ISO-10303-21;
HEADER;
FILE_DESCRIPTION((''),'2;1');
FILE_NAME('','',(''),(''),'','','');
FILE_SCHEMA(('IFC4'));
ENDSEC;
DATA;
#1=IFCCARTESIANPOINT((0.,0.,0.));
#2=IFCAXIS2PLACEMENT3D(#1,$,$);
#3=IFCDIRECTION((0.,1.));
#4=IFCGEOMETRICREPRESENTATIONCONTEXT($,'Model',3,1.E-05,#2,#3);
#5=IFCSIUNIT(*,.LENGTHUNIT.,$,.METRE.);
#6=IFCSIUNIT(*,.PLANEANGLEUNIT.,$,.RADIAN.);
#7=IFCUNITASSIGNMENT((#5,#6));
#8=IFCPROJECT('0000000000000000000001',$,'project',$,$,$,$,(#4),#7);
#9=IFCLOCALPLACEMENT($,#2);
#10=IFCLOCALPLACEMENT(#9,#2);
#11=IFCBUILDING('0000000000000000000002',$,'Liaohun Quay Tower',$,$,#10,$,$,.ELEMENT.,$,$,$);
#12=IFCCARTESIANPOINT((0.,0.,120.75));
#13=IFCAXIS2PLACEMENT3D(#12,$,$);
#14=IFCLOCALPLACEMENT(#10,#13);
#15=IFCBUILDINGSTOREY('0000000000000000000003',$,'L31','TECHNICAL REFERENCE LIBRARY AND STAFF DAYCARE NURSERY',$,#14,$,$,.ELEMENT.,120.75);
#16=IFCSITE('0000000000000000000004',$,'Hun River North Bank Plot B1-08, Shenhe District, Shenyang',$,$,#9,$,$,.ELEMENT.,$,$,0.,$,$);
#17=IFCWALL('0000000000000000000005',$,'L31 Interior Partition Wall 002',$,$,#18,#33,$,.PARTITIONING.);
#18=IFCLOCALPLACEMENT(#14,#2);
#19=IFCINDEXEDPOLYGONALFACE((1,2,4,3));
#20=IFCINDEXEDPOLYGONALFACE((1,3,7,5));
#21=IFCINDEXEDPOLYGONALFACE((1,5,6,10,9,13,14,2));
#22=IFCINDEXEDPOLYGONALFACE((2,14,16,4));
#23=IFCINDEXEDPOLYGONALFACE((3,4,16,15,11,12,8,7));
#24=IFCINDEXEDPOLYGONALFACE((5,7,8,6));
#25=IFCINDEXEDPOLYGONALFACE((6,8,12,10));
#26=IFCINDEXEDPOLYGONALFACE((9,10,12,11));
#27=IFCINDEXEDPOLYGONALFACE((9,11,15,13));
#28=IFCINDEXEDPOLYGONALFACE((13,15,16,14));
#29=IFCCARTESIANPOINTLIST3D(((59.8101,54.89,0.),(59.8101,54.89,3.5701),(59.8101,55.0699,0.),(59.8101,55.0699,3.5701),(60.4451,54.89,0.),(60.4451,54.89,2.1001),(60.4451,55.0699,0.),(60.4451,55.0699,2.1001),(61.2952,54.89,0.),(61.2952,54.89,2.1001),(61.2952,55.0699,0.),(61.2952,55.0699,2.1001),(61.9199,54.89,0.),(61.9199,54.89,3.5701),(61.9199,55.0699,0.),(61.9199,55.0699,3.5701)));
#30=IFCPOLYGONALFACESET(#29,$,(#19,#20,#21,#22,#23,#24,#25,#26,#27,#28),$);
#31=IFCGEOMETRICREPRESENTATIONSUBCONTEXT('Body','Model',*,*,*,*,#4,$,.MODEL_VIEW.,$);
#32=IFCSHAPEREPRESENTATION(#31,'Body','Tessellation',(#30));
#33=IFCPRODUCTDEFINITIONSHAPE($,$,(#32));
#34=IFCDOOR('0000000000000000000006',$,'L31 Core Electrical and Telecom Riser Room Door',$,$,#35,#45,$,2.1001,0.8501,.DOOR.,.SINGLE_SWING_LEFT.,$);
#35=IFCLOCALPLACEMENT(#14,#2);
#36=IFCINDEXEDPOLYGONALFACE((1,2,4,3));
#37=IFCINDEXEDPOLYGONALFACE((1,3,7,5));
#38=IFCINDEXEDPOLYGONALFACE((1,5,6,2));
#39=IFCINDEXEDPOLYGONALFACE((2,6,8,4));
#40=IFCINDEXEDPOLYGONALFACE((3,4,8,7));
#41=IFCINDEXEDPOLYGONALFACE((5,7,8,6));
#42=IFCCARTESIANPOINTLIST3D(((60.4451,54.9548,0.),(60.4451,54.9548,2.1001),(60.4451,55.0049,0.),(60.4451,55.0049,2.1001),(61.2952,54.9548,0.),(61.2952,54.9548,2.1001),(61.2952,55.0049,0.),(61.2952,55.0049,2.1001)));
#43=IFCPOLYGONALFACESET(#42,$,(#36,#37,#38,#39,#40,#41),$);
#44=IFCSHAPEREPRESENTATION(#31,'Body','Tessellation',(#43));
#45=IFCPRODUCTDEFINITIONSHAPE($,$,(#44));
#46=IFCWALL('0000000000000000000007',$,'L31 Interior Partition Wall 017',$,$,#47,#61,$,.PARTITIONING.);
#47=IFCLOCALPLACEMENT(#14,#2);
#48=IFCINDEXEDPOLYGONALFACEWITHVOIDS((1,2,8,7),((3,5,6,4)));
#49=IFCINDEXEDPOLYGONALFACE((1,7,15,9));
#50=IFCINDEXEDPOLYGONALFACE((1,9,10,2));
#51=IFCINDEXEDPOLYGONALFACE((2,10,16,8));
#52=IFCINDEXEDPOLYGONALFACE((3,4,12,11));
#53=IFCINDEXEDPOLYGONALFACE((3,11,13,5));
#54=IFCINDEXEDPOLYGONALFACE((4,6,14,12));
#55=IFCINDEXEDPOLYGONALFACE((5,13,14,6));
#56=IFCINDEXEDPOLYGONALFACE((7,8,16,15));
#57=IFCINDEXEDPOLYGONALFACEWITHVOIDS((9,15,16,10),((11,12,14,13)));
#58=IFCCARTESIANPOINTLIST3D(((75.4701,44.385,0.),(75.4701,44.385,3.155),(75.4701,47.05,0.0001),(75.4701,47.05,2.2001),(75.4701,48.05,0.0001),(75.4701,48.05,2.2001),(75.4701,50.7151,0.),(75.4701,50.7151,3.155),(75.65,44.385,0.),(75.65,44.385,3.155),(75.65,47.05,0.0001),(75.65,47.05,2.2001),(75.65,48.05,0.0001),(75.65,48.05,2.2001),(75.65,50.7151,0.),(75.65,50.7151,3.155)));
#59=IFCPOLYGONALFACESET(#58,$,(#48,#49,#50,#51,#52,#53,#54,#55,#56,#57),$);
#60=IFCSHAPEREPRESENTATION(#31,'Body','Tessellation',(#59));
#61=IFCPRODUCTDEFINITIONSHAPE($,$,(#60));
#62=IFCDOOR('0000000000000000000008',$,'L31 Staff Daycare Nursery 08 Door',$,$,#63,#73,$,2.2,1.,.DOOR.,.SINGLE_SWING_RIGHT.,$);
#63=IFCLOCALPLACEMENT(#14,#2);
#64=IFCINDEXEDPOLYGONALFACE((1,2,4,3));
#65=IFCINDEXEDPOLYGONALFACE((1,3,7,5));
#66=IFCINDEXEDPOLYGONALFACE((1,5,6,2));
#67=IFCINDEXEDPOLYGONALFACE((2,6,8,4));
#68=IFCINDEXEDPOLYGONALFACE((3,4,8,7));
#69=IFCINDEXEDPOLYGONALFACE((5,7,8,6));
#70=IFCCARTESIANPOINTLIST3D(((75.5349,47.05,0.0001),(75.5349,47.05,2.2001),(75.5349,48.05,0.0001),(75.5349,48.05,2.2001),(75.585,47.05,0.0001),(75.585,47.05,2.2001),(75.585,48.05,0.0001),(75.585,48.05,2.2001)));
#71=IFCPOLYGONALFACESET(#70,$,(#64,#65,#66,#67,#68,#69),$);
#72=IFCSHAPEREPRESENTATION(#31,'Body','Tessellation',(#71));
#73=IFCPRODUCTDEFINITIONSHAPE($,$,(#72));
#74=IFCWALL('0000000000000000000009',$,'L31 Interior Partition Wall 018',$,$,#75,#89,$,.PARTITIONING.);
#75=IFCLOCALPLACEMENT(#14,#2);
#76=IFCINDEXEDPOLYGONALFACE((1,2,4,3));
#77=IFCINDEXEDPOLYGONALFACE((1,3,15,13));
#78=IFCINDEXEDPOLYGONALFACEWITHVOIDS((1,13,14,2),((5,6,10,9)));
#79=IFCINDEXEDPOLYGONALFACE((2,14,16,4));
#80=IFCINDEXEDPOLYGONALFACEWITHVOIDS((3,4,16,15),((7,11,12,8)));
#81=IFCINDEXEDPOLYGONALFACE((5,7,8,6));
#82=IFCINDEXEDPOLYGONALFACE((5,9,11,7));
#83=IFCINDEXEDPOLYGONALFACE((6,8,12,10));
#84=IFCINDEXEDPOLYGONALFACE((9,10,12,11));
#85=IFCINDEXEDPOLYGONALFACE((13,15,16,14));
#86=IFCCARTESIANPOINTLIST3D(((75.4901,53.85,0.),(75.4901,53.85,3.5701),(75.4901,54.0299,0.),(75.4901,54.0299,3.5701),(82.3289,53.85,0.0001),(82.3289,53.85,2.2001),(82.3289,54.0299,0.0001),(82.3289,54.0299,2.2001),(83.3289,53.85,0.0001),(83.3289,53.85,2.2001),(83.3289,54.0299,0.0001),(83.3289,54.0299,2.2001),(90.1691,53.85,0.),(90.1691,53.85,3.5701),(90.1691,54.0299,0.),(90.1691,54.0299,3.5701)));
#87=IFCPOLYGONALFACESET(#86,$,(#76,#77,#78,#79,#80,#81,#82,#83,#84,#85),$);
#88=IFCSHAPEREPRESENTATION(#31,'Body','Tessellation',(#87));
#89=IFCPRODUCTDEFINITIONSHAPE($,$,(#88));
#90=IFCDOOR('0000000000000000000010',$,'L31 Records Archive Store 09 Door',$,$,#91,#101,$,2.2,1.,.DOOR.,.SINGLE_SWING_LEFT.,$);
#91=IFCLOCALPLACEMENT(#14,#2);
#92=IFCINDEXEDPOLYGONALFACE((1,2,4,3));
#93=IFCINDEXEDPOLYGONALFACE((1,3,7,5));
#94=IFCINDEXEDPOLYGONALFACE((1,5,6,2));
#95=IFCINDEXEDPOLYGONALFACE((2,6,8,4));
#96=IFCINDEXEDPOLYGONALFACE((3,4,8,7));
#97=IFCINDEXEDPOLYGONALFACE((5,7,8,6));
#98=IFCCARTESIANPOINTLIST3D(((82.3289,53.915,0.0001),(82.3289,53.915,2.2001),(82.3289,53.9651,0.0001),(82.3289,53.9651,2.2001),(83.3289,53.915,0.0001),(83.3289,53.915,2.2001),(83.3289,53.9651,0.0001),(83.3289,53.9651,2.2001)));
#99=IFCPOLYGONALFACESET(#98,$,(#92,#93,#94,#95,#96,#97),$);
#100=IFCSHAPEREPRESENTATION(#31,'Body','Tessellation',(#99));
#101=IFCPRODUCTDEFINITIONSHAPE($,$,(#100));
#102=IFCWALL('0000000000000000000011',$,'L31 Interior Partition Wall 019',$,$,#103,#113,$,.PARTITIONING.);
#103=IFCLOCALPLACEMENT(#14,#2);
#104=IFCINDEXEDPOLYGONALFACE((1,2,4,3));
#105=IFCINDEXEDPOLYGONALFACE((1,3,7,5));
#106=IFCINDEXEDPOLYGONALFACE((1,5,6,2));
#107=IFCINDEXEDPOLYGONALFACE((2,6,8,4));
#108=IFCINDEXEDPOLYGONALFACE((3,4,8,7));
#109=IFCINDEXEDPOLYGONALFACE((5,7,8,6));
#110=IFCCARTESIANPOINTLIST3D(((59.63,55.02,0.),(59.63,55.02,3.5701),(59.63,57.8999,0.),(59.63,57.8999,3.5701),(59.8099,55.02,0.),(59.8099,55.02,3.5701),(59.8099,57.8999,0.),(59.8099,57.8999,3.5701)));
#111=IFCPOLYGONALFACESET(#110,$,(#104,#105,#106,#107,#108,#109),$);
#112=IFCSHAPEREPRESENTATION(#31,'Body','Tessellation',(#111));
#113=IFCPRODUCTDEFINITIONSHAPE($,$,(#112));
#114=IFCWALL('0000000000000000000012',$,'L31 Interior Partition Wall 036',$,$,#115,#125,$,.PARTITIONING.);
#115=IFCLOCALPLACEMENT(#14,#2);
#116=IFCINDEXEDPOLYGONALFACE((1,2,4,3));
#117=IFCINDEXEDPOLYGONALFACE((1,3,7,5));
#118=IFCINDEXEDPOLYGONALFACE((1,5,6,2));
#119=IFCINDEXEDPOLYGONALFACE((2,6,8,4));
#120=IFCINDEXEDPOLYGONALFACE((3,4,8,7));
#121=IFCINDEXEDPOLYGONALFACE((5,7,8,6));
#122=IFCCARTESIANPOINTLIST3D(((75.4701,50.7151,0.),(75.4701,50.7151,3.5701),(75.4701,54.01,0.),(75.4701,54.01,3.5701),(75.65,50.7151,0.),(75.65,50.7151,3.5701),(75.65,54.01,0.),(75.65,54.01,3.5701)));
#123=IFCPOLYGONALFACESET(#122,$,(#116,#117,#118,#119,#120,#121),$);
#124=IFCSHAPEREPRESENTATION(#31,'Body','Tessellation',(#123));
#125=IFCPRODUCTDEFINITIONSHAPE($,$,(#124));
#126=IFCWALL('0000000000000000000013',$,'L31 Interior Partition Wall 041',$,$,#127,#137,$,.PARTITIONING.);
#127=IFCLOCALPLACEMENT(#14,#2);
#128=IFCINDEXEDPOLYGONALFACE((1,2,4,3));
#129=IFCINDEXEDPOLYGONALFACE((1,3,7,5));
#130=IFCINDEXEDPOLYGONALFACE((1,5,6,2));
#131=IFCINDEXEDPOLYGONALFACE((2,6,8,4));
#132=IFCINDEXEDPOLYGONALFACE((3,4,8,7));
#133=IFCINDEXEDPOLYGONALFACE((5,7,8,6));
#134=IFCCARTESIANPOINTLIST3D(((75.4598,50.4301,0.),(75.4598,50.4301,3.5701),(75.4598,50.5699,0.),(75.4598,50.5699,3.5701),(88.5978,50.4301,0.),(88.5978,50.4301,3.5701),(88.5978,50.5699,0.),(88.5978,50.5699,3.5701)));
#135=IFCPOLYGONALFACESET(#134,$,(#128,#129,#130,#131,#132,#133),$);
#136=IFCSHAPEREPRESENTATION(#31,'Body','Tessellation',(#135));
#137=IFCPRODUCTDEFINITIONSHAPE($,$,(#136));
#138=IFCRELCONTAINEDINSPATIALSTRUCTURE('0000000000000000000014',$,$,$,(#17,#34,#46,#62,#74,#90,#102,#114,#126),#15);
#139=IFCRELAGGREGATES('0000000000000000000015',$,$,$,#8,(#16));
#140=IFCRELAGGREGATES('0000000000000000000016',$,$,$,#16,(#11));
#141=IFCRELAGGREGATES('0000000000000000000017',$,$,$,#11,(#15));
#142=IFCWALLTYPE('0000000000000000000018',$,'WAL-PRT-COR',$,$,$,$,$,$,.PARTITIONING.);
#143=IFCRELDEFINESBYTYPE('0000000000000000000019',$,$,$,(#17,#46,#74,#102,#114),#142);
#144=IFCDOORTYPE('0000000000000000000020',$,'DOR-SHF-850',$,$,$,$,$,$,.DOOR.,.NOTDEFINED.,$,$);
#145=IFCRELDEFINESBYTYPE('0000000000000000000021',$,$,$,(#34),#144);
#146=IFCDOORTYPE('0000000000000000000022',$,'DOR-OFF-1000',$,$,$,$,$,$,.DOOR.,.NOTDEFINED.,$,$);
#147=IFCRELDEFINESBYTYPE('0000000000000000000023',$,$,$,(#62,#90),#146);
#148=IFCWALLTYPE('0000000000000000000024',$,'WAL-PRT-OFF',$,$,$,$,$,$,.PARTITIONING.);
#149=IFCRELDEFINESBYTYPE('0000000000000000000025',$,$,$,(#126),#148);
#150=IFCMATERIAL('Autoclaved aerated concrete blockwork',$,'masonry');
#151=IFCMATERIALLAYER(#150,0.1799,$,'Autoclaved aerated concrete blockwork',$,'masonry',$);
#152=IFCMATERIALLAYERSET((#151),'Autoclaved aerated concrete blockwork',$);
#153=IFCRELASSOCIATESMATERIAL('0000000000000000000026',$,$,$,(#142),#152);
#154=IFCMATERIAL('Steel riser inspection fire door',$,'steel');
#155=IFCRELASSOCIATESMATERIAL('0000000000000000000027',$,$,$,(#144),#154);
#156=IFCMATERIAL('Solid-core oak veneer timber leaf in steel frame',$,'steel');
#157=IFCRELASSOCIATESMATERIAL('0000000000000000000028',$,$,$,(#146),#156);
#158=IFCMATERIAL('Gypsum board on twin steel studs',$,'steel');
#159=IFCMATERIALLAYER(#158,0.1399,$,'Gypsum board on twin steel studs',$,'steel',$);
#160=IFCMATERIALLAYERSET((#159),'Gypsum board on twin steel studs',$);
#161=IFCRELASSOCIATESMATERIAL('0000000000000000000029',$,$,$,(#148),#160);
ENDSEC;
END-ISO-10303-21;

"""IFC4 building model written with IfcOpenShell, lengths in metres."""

from ifc_helpers import new_model, si_unit, direction, frame, frame_2d, origin, place, context, subcontext, project, spatial, rectangle, extrude, source, transform, mapped, material, layer, layer_set, type_object, element, fill, save


model = new_model("IFC4")

# Units and contexts
model_context = context("Model", 3, precision=1e-05, world=origin(), true_north=direction((0.0, 1.0)))
body_context = subcontext(model_context, "Body", "Model", "MODEL_VIEW")
ifc_project = project(units=[si_unit("LENGTHUNIT", "METRE"), si_unit("PLANEANGLEUNIT", "RADIAN")], contexts=[model_context])

# Site, building, storey
site_placement = place(None, origin())
site = spatial("IfcSite", under=ifc_project, at=site_placement, Name="Hun River North Bank Plot B1-08, Shenhe District, Shenyang", CompositionType="ELEMENT", RefElevation=0.0)
building_placement = place(site_placement, origin())
building = spatial("IfcBuilding", under=site, at=building_placement, Name="Liaohun Quay Tower", CompositionType="ELEMENT")
storey_placement = place(building_placement, frame((0.0, 0.0, 120.75)))
storey = spatial("IfcBuildingStorey", under=building, at=storey_placement, Name="L31", Description="TECHNICAL REFERENCE LIBRARY AND STAFF DAYCARE NURSERY", CompositionType="ELEMENT", Elevation=120.75)

# Walls, openings, doors
ifc_material_1 = material(Name="Autoclaved aerated concrete blockwork", Category="masonry")
ifc_layer_1 = layer(ifc_material_1, 0.1799, Name="Autoclaved aerated concrete blockwork", Category="masonry")
ifc_layer_set_1 = layer_set([ifc_layer_1], Name="Autoclaved aerated concrete blockwork")
wall_type_1 = type_object("IfcWallType", Name="WAL-PRT-COR", PredefinedType="PARTITIONING", material=ifc_layer_set_1)
wall_1_placement = place(storey_placement, frame((59.8101, 54.98, 0.0), z_axis=(0.0, 0.0, 1.0), x_axis=(1.0, 0.0, 0.0)))
wall_1 = element("IfcWall", 1, at=wall_1_placement, inside=storey, type_object=wall_type_1, Name="L31 Interior Partition Wall 002", PredefinedType="PARTITIONING", context=body_context, shape_type="SweptSolid", body=[
    extrude(rectangle(XDim=2.1099, YDim=0.1799, at=frame_2d((1.0549, 0.0))), origin(), (0.0, 0.0, 1.0), 3.5701),
])
shared_shape_1 = source(origin(), body_context, "Body", "SweptSolid", [
    extrude(rectangle(XDim=0.8501, YDim=2.1001, at=frame_2d((0.425, 1.05))), frame((0.0, 0.0999, 0.0), z_axis=(0.0, -1.0, 0.0), x_axis=(1.0, 0.0, 0.0)), (0.0, 0.0, 1.0), 0.2),
])
opening_1_placement = place(wall_1_placement, frame((0.635, 0.0, 0.0)))
opening_1 = element("IfcOpeningElement", 2, at=opening_1_placement, cuts=wall_1, PredefinedType="OPENING", context=body_context, shape_type="MappedRepresentation", body=[
    mapped(shared_shape_1, transform((0.0, 0.0, 0.0), x_axis=(1.0, 0.0, 0.0), y_axis=(0.0, 1.0, 0.0), z_axis=(0.0, 0.0, 1.0), scale=1.0)),
])
ifc_material_2 = material(Name="Steel riser inspection fire door", Category="steel")
door_type_1 = type_object("IfcDoorType", Name="DOR-SHF-850", OperationType="NOTDEFINED", PredefinedType="DOOR", material=ifc_material_2)
shared_shape_2 = source(origin(), body_context, "Body", "SweptSolid", [
    extrude(rectangle(XDim=0.8501, YDim=2.1001, at=frame_2d((0.425, 1.05))), frame((0.0, 0.0249, 0.0), z_axis=(0.0, -1.0, 0.0), x_axis=(1.0, 0.0, 0.0)), (0.0, 0.0, 1.0), 0.05),
])
door_1_placement = place(opening_1_placement, origin())
door_1 = element("IfcDoor", 3, at=door_1_placement, inside=storey, type_object=door_type_1, Name="L31 Core Electrical and Telecom Riser Room Door", OperationType="SINGLE_SWING_LEFT", OverallHeight=2.1001, OverallWidth=0.8501, PredefinedType="DOOR", context=body_context, shape_type="MappedRepresentation", body=[
    mapped(shared_shape_2, transform((0.0, 0.0, 0.0), x_axis=(1.0, 0.0, 0.0), y_axis=(0.0, 1.0, 0.0), z_axis=(0.0, 0.0, 1.0), scale=1.0)),
])
fill(opening_1, door_1)
wall_2_placement = place(storey_placement, frame((75.5601, 50.7151, 0.0), z_axis=(0.0, 0.0, 1.0), x_axis=(0.0, -1.0, 0.0)))
wall_2 = element("IfcWall", 4, at=wall_2_placement, inside=storey, type_object=wall_type_1, Name="L31 Interior Partition Wall 017", PredefinedType="PARTITIONING", context=body_context, shape_type="SweptSolid", body=[
    extrude(rectangle(XDim=6.3301, YDim=0.1799, at=frame_2d((3.165, 0.0))), origin(), (0.0, 0.0, 1.0), 3.155),
])
shared_shape_3 = source(origin(), body_context, "Body", "SweptSolid", [
    extrude(rectangle(XDim=1.0, YDim=2.2, at=frame_2d((0.5, 1.1001))), frame((0.0, 0.0999, 0.0), z_axis=(0.0, -1.0, 0.0), x_axis=(1.0, 0.0, 0.0)), (0.0, 0.0, 1.0), 0.2),
])
opening_2_placement = place(wall_2_placement, frame((2.665, 0.0, 0.0)))
opening_2 = element("IfcOpeningElement", 5, at=opening_2_placement, cuts=wall_2, PredefinedType="OPENING", context=body_context, shape_type="MappedRepresentation", body=[
    mapped(shared_shape_3, transform((0.0, 0.0, 0.0), x_axis=(1.0, 0.0, 0.0), y_axis=(0.0, 1.0, 0.0), z_axis=(0.0, 0.0, 1.0), scale=1.0)),
])
ifc_material_3 = material(Name="Solid-core oak veneer timber leaf in steel frame", Category="steel")
door_type_2 = type_object("IfcDoorType", Name="DOR-OFF-1000", OperationType="NOTDEFINED", PredefinedType="DOOR", material=ifc_material_3)
shared_shape_4 = source(origin(), body_context, "Body", "SweptSolid", [
    extrude(rectangle(XDim=1.0, YDim=2.2, at=frame_2d((0.5, 1.1001))), frame((0.0, 0.0249, 0.0), z_axis=(0.0, -1.0, 0.0), x_axis=(1.0, 0.0, 0.0)), (0.0, 0.0, 1.0), 0.05),
])
door_2_placement = place(opening_2_placement, origin())
door_2 = element("IfcDoor", 6, at=door_2_placement, inside=storey, type_object=door_type_2, Name="L31 Staff Daycare Nursery 08 Door", OperationType="SINGLE_SWING_RIGHT", OverallHeight=2.2, OverallWidth=1.0, PredefinedType="DOOR", context=body_context, shape_type="MappedRepresentation", body=[
    mapped(shared_shape_4, transform((0.0, 0.0, 0.0), x_axis=(1.0, 0.0, 0.0), y_axis=(0.0, 1.0, 0.0), z_axis=(0.0, 0.0, 1.0), scale=1.0)),
])
fill(opening_2, door_2)
wall_3_placement = place(storey_placement, frame((90.1689, 53.9399, 0.0), z_axis=(0.0, 0.0, 1.0), x_axis=(-1.0, 0.0, 0.0)))
wall_3 = element("IfcWall", 7, at=wall_3_placement, inside=storey, type_object=wall_type_1, Name="L31 Interior Partition Wall 018", PredefinedType="PARTITIONING", context=body_context, shape_type="SweptSolid", body=[
    extrude(rectangle(XDim=14.679, YDim=0.1799, at=frame_2d((7.3394, 0.0))), origin(), (0.0, 0.0, 1.0), 3.5701),
])
opening_3_placement = place(wall_3_placement, frame((6.8401, 0.0, 0.0)))
opening_3 = element("IfcOpeningElement", 8, at=opening_3_placement, cuts=wall_3, PredefinedType="OPENING", context=body_context, shape_type="MappedRepresentation", body=[
    mapped(shared_shape_3, transform((0.0, 0.0, 0.0), x_axis=(1.0, 0.0, 0.0), y_axis=(0.0, 1.0, 0.0), z_axis=(0.0, 0.0, 1.0), scale=1.0)),
])
door_3_placement = place(opening_3_placement, origin())
door_3 = element("IfcDoor", 9, at=door_3_placement, inside=storey, type_object=door_type_2, Name="L31 Records Archive Store 09 Door", OperationType="SINGLE_SWING_LEFT", OverallHeight=2.2, OverallWidth=1.0, PredefinedType="DOOR", context=body_context, shape_type="MappedRepresentation", body=[
    mapped(shared_shape_4, transform((0.0, 0.0, 0.0), x_axis=(1.0, 0.0, 0.0), y_axis=(0.0, 1.0, 0.0), z_axis=(0.0, 0.0, 1.0), scale=1.0)),
])
fill(opening_3, door_3)

# Walls
wall_4_placement = place(storey_placement, frame((59.72, 55.02, 0.0), z_axis=(0.0, 0.0, 1.0), x_axis=(0.0, 1.0, 0.0)))
element("IfcWall", 10, at=wall_4_placement, inside=storey, type_object=wall_type_1, Name="L31 Interior Partition Wall 019", PredefinedType="PARTITIONING", context=body_context, shape_type="SweptSolid", body=[
    extrude(rectangle(XDim=2.8799, YDim=0.1799, at=frame_2d((1.4399, 0.0))), origin(), (0.0, 0.0, 1.0), 3.5701),
])
wall_5_placement = place(storey_placement, frame((75.5601, 54.01, 0.0), z_axis=(0.0, 0.0, 1.0), x_axis=(0.0, -1.0, 0.0)))
element("IfcWall", 11, at=wall_5_placement, inside=storey, type_object=wall_type_1, Name="L31 Interior Partition Wall 036", PredefinedType="PARTITIONING", context=body_context, shape_type="SweptSolid", body=[
    extrude(rectangle(XDim=3.2949, YDim=0.1799, at=frame_2d((1.6475, 0.0))), origin(), (0.0, 0.0, 1.0), 3.5701),
])
ifc_material_4 = material(Name="Gypsum board on twin steel studs", Category="steel")
ifc_layer_2 = layer(ifc_material_4, 0.1399, Name="Gypsum board on twin steel studs", Category="steel")
ifc_layer_set_2 = layer_set([ifc_layer_2], Name="Gypsum board on twin steel studs")
wall_type_2 = type_object("IfcWallType", Name="WAL-PRT-OFF", PredefinedType="PARTITIONING", material=ifc_layer_set_2)
wall_6_placement = place(storey_placement, frame((75.46, 50.5, 0.0), z_axis=(0.0, 0.0, 1.0), x_axis=(1.0, 0.0, 0.0)))
element("IfcWall", 12, at=wall_6_placement, inside=storey, type_object=wall_type_2, Name="L31 Interior Partition Wall 041", PredefinedType="PARTITIONING", context=body_context, shape_type="SweptSolid", body=[
    extrude(rectangle(XDim=13.1379, YDim=0.1399, at=frame_2d((6.5688, 0.0))), origin(), (0.0, 0.0, 1.0), 3.5701),
])

save(model, "model.ifc")
